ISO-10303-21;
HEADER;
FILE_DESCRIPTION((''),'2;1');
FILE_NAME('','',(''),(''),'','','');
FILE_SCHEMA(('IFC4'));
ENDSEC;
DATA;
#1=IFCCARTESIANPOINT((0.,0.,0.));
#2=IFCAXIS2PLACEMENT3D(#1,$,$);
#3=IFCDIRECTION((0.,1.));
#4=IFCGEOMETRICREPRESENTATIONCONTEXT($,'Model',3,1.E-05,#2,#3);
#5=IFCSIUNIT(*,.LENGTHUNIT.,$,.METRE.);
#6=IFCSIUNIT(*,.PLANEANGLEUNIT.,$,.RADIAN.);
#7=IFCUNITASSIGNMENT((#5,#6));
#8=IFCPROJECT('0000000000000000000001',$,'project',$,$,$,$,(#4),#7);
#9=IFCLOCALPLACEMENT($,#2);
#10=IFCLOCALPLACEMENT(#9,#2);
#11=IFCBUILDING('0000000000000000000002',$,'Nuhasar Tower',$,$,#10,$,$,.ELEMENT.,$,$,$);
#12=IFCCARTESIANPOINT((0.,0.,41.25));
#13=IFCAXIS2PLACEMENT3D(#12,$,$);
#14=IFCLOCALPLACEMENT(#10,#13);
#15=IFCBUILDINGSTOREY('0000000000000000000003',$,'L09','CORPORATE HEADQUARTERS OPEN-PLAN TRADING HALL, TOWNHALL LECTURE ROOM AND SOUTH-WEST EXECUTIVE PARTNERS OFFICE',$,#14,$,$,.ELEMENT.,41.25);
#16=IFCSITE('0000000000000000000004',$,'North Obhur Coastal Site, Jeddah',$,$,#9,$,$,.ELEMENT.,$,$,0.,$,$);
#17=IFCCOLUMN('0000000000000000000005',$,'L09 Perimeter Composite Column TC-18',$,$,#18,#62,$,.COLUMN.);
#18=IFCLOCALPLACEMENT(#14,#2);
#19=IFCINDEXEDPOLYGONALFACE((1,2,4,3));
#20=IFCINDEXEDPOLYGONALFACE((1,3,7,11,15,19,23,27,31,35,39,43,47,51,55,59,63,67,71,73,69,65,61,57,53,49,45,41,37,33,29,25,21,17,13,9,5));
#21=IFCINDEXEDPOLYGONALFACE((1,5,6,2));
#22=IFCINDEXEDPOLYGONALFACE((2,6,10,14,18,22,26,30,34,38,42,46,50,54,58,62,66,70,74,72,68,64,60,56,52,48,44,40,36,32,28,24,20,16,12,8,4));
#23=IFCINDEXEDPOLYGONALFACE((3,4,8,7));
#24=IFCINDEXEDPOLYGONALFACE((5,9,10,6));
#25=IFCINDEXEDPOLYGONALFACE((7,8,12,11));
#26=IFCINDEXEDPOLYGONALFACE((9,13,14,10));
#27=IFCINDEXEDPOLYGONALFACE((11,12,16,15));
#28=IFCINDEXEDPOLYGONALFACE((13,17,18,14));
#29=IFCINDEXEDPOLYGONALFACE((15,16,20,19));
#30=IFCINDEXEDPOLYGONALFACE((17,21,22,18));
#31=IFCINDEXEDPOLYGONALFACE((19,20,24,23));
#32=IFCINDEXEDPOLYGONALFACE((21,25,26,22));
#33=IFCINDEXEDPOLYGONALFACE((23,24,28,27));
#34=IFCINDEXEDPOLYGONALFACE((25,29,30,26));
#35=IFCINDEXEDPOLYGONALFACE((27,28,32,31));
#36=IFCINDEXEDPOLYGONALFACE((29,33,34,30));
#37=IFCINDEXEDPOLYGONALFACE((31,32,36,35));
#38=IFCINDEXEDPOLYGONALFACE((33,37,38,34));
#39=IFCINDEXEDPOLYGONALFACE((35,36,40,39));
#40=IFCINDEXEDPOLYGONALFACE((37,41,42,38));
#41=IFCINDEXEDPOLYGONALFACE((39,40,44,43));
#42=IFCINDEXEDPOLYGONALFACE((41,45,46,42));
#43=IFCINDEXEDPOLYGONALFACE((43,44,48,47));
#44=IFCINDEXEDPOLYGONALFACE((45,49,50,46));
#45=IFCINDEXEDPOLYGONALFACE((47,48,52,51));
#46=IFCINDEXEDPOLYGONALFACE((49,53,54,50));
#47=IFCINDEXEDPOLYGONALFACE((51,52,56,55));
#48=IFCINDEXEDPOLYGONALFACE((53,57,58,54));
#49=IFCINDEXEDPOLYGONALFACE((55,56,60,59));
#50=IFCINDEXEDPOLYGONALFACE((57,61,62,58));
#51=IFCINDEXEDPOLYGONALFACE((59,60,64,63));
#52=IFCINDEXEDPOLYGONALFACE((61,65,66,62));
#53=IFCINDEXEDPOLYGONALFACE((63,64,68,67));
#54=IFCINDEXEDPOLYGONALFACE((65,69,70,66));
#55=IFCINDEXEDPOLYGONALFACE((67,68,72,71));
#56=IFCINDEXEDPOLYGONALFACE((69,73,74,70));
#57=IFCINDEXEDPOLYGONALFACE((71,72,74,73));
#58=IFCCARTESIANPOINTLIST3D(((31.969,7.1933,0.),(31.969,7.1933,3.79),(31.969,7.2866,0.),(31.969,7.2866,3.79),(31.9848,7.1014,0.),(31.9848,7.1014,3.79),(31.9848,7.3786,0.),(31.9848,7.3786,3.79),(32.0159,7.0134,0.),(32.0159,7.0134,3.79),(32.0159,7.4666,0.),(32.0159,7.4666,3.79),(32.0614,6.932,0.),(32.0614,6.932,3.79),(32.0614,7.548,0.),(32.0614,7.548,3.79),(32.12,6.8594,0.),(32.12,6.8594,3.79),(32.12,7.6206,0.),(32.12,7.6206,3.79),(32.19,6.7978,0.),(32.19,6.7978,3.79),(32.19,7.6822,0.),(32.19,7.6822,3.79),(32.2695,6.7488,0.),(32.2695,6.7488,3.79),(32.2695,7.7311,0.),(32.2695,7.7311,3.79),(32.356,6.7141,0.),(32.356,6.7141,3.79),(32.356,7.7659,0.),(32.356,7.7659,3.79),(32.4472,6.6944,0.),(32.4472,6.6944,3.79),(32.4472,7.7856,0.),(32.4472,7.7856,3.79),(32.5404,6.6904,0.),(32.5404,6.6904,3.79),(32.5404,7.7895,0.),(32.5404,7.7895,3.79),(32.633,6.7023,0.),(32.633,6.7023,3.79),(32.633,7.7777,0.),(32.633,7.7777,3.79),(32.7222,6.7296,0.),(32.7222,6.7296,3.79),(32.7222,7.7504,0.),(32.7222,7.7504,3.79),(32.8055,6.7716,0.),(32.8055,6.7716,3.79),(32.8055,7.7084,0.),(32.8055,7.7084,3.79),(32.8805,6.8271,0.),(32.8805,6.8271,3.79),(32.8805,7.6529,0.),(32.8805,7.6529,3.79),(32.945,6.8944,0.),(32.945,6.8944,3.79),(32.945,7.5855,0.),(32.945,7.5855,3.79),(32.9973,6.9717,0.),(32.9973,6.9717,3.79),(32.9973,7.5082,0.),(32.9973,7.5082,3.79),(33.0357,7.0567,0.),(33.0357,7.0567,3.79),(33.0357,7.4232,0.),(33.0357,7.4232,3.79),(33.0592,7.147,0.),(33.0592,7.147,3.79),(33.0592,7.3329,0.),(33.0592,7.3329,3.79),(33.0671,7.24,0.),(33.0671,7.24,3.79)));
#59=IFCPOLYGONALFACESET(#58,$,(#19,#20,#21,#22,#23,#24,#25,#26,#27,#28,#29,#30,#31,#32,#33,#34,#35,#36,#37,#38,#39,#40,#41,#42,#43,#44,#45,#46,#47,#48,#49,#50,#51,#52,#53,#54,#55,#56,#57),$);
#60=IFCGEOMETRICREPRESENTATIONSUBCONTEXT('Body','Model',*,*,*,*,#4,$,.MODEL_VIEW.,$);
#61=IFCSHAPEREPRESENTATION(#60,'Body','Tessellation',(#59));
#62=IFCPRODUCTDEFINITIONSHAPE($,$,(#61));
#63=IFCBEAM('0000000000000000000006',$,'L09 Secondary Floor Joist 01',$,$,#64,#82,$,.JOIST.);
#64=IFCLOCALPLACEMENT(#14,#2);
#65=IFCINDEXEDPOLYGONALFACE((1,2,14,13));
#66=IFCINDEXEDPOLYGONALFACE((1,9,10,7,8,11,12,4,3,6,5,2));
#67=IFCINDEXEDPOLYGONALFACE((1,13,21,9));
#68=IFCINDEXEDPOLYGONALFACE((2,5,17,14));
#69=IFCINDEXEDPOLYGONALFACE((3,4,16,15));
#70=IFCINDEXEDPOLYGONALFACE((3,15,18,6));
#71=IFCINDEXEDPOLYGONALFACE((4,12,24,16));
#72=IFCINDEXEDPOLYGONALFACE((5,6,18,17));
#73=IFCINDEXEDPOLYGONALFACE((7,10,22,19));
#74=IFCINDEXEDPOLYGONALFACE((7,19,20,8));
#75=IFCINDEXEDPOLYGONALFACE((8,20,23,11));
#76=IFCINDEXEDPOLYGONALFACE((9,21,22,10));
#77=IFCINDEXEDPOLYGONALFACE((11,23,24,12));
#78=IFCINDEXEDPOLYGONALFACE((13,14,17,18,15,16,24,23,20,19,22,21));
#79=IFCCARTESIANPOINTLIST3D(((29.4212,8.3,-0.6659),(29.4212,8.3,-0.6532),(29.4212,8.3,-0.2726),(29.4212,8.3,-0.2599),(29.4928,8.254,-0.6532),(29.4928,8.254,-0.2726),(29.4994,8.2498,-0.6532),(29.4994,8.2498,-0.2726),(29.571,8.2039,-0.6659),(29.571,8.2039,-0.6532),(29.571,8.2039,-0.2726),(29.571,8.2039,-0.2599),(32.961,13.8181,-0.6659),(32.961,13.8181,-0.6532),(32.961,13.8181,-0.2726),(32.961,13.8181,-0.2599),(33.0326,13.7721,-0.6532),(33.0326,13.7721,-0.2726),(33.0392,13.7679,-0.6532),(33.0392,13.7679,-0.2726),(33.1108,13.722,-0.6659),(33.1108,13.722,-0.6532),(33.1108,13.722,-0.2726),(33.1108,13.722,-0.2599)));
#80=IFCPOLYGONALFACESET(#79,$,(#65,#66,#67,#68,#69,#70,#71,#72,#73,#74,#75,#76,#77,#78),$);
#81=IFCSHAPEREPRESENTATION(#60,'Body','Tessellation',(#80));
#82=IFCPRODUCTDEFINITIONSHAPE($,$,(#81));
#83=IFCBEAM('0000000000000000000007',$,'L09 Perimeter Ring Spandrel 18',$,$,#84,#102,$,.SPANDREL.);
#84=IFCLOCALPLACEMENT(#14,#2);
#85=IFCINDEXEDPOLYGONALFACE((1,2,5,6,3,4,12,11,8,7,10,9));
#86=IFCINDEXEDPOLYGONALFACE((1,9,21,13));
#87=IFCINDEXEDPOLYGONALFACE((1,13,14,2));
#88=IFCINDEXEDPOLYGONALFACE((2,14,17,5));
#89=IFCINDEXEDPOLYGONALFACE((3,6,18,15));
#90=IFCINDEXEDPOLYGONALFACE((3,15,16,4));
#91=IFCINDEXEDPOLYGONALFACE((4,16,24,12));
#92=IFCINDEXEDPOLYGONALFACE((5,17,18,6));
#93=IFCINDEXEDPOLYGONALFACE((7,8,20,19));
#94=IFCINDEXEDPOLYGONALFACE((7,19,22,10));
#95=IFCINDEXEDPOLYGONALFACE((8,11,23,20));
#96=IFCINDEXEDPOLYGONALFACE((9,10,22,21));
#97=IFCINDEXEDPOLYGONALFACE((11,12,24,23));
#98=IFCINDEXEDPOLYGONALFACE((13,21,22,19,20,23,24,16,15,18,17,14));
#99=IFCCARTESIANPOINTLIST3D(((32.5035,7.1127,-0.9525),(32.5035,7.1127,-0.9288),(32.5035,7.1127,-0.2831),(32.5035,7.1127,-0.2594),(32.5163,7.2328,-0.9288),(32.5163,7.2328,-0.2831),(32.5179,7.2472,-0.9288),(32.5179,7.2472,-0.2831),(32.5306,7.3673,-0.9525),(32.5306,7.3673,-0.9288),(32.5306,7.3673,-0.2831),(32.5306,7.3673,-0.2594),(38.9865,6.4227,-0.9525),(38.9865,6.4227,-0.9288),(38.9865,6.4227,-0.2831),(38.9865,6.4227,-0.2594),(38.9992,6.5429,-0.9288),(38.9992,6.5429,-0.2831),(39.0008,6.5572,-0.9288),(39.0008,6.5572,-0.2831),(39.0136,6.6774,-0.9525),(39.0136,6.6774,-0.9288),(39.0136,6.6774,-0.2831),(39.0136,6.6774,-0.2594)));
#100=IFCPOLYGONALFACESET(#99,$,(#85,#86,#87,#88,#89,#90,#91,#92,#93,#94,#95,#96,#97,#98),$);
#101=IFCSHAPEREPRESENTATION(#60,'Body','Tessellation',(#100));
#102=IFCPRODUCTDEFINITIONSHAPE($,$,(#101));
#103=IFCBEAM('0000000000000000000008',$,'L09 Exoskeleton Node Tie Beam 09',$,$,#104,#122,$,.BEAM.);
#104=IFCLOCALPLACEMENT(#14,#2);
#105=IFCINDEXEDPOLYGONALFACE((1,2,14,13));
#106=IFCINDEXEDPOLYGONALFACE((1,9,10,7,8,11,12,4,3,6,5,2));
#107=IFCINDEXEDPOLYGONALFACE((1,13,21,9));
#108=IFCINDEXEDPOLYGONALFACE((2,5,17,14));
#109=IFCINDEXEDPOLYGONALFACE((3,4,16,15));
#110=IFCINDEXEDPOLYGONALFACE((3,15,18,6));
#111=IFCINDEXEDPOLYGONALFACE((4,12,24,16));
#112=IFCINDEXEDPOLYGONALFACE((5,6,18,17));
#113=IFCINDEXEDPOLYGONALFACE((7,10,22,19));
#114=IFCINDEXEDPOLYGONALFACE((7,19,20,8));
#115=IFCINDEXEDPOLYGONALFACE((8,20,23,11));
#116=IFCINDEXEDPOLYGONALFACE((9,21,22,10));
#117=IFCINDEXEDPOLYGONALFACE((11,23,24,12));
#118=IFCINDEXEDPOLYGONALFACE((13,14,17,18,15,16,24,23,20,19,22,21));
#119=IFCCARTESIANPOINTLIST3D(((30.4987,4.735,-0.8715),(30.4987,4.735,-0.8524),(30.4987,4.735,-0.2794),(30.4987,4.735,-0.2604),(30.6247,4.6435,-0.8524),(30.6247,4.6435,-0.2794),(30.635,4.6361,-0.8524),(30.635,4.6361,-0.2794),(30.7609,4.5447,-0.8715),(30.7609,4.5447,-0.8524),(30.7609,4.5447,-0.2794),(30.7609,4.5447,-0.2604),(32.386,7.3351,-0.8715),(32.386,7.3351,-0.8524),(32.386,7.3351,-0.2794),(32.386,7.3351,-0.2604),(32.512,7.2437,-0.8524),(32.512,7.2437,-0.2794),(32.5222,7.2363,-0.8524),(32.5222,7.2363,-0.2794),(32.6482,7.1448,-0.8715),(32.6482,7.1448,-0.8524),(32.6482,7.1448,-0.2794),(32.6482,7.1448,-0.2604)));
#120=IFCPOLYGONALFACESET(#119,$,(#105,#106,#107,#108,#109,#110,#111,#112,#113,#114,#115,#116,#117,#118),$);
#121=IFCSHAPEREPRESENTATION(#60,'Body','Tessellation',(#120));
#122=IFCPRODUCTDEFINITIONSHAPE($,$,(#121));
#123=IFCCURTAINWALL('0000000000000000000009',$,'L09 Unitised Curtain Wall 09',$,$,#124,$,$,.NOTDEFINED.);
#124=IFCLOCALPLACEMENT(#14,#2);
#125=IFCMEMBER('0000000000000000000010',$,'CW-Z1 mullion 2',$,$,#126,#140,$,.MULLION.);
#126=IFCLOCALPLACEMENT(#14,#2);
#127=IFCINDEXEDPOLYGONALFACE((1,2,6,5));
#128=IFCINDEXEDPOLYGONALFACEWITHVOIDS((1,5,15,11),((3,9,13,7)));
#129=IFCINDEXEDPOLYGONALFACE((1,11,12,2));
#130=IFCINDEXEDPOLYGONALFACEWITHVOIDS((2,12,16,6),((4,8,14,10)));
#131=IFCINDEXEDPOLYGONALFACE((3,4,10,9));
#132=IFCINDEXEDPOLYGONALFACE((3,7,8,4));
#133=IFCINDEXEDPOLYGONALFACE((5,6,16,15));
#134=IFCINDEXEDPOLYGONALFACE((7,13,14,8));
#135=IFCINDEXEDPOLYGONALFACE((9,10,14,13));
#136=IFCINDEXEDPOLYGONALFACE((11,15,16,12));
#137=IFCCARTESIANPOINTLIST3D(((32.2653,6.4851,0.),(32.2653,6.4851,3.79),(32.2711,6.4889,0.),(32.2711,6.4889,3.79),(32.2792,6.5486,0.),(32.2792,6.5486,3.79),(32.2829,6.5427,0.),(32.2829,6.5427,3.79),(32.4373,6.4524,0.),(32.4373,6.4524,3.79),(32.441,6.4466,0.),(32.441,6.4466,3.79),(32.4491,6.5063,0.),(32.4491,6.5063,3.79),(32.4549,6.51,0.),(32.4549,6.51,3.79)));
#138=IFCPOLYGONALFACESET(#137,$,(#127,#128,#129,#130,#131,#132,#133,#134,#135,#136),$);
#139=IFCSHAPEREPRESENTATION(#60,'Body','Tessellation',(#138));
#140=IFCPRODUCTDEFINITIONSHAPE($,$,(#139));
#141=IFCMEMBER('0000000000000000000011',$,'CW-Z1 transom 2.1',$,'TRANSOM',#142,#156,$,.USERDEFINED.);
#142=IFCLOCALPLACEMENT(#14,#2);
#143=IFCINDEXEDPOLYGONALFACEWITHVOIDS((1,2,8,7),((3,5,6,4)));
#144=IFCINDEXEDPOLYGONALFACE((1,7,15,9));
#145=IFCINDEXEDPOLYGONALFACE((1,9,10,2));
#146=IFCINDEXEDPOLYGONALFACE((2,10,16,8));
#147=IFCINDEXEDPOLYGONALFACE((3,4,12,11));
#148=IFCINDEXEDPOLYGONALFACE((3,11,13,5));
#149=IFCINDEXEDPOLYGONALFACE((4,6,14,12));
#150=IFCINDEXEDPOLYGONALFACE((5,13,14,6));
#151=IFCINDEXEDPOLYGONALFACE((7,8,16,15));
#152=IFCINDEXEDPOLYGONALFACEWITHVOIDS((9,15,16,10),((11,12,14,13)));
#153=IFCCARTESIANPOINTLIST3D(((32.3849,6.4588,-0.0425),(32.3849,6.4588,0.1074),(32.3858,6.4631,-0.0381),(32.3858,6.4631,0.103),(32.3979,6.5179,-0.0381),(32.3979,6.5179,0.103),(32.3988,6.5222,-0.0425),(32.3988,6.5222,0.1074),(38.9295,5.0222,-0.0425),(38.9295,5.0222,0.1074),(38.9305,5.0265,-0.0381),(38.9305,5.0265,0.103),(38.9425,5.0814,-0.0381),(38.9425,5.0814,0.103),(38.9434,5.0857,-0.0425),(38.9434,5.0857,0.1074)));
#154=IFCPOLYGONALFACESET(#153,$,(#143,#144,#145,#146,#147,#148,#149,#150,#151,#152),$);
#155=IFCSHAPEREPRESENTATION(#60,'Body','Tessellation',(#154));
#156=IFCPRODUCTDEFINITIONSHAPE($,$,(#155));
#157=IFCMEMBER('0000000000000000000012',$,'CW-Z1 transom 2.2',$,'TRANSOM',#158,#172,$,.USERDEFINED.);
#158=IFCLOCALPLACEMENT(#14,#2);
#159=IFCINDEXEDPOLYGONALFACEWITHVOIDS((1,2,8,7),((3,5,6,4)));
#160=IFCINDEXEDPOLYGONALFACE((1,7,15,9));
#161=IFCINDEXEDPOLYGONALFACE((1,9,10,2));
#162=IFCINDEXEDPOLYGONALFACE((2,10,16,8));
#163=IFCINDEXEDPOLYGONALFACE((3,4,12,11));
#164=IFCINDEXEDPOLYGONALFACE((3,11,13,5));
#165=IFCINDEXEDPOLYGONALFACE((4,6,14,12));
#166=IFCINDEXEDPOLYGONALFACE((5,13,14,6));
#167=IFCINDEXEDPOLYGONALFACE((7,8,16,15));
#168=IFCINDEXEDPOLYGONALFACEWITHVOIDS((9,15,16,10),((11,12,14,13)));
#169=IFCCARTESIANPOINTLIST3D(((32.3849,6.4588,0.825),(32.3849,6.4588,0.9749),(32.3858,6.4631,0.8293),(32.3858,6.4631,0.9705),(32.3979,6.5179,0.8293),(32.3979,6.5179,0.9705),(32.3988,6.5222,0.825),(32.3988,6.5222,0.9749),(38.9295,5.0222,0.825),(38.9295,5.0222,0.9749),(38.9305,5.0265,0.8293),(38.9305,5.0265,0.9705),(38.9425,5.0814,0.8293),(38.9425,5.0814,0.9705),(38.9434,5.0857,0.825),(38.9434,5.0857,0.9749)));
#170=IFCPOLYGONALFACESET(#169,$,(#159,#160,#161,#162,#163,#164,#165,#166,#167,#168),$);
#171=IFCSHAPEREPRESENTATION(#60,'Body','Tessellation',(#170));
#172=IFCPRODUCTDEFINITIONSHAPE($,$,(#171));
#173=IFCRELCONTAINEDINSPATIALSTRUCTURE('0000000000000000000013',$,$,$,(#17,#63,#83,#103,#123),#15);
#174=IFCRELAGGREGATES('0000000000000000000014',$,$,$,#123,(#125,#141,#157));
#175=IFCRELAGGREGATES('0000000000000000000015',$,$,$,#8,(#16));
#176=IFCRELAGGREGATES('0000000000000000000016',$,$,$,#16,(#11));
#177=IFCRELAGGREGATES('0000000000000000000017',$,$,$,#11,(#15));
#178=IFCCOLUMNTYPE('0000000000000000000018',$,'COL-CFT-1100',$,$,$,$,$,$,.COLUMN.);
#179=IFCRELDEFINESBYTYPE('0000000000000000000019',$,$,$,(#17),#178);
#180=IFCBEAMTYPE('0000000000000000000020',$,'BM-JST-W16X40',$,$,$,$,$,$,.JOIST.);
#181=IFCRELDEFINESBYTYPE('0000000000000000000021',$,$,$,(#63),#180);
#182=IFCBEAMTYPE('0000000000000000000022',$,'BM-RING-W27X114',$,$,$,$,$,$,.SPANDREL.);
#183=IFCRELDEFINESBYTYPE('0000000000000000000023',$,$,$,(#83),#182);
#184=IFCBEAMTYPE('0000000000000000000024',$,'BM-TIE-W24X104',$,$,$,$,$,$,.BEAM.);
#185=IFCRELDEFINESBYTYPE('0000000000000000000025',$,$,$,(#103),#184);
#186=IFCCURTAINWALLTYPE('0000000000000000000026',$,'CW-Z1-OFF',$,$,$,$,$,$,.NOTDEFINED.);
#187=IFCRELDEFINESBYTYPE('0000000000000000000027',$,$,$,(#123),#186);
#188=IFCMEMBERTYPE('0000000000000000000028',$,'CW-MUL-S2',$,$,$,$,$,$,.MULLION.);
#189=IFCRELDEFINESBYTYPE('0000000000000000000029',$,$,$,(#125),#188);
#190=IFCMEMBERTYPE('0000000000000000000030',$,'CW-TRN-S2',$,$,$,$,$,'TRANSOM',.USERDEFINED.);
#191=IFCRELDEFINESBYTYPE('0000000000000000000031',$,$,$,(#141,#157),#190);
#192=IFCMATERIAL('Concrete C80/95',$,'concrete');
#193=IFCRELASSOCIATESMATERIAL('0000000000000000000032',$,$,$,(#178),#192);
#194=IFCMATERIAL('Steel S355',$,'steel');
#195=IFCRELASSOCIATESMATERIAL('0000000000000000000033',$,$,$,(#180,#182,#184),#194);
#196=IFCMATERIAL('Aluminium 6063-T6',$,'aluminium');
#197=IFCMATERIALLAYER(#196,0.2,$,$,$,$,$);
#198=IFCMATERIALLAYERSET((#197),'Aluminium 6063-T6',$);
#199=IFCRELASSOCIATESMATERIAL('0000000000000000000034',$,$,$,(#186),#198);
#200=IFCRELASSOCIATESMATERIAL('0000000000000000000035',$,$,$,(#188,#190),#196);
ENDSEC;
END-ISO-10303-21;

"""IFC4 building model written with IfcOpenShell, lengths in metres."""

from ifc_helpers import new_model, si_unit, direction, frame, origin, origin_2d, place, context, subcontext, project, spatial, hollow_rectangle, circle, i_section, extrude, material, layer, layer_set, material_profile, profile_set, type_object, element, aggregate, save


model = new_model("IFC4")

# Units and contexts
model_context = context("Model", 3, precision=1e-05, world=origin(), true_north=direction((0.0, 1.0)))
body_context = subcontext(model_context, "Body", "Model", "MODEL_VIEW")
ifc_project = project(units=[si_unit("LENGTHUNIT", "METRE"), si_unit("PLANEANGLEUNIT", "RADIAN")], contexts=[model_context])

# Site, building, storey
site_placement = place(None, origin())
site = spatial("IfcSite", under=ifc_project, at=site_placement, Name="North Obhur Coastal Site, Jeddah", CompositionType="ELEMENT", RefElevation=0.0)
building_placement = place(site_placement, origin())
building = spatial("IfcBuilding", under=site, at=building_placement, Name="Nuhasar Tower", CompositionType="ELEMENT")
storey_placement = place(building_placement, frame((0.0, 0.0, 41.25)))
storey = spatial("IfcBuildingStorey", under=building, at=storey_placement, Name="L09", Description="CORPORATE HEADQUARTERS OPEN-PLAN TRADING HALL, TOWNHALL LECTURE ROOM AND SOUTH-WEST EXECUTIVE PARTNERS OFFICE", CompositionType="ELEMENT", Elevation=41.25)

# Column
ifc_material_1 = material(Name="Concrete C80/95", Category="concrete")
ifc_material_profile_1 = material_profile(ifc_material_1, circle(Radius=0.55, at=origin_2d()), Name="CFT1100")
ifc_profile_set_1 = profile_set([ifc_material_profile_1], Name="Concrete C80/95")
column_type = type_object("IfcColumnType", Name="COL-CFT-1100", PredefinedType="COLUMN", material=ifc_profile_set_1)
column_placement = place(storey_placement, frame((32.5171, 7.24, 0.0), z_axis=(0.0, 0.0, 1.0), x_axis=(1.0, 0.0, 0.0)))
element("IfcColumn", 1, at=column_placement, inside=storey, type_object=column_type, Name="L09 Perimeter Composite Column TC-18", PredefinedType="COLUMN", context=body_context, shape_type="SweptSolid", body=[
    extrude(circle(Radius=0.55, at=origin_2d()), origin(), (0.0, 0.0, 1.0), 3.79),
])

# Beams
ifc_material_2 = material(Name="Steel S355", Category="steel")
ifc_material_profile_2 = material_profile(ifc_material_2, i_section(OverallWidth=0.178, OverallDepth=0.406, WebThickness=0.0078, FlangeThickness=0.0127, at=origin_2d()), Name="W16X40")
ifc_profile_set_2 = profile_set([ifc_material_profile_2], Name="Steel S355")
beam_type_1 = type_object("IfcBeamType", Name="BM-JST-W16X40", PredefinedType="JOIST", material=ifc_profile_set_2)
beam_1_placement = place(storey_placement, frame((33.0359, 13.77, -0.4629), z_axis=(-0.539944, -0.841701, 0.0), x_axis=(0.841701, -0.539944, 0.0)))
element("IfcBeam", 2, at=beam_1_placement, inside=storey, type_object=beam_type_1, Name="L09 Secondary Floor Joist 01", PredefinedType="JOIST", context=body_context, shape_type="SweptSolid", body=[
    extrude(i_section(OverallWidth=0.178, OverallDepth=0.406, WebThickness=0.0078, FlangeThickness=0.0127, at=origin_2d()), origin(), (0.0, 0.0, 1.0), 6.5559),
])
ifc_material_profile_3 = material_profile(ifc_material_2, i_section(OverallWidth=0.2561, OverallDepth=0.6931, WebThickness=0.0144, FlangeThickness=0.0237, at=origin_2d()), Name="W27X114")
ifc_profile_set_3 = profile_set([ifc_material_profile_3], Name="Steel S355")
beam_type_2 = type_object("IfcBeamType", Name="BM-RING-W27X114", PredefinedType="SPANDREL", material=ifc_profile_set_3)
beam_2_placement = place(storey_placement, frame((32.5171, 7.24, -0.606), z_axis=(0.994385, -0.105827, 0.0), x_axis=(0.105827, 0.994385, 0.0)))
element("IfcBeam", 3, at=beam_2_placement, inside=storey, type_object=beam_type_2, Name="L09 Perimeter Ring Spandrel 18", PredefinedType="SPANDREL", context=body_context, shape_type="SweptSolid", body=[
    extrude(i_section(OverallWidth=0.2561, OverallDepth=0.6931, WebThickness=0.0144, FlangeThickness=0.0237, at=origin_2d()), origin(), (0.0, 0.0, 1.0), 6.5195),
])
ifc_material_profile_4 = material_profile(ifc_material_2, i_section(OverallWidth=0.324, OverallDepth=0.6111, WebThickness=0.0127, FlangeThickness=0.019, at=origin_2d()), Name="W24X104")
ifc_profile_set_4 = profile_set([ifc_material_profile_4], Name="Steel S355")
beam_type_3 = type_object("IfcBeamType", Name="BM-TIE-W24X104", PredefinedType="BEAM", material=ifc_profile_set_4)
beam_3_placement = place(storey_placement, frame((32.5171, 7.24, -0.5659), z_axis=(-0.587403, -0.809294, 0.0), x_axis=(0.809294, -0.587403, 0.0)))
element("IfcBeam", 4, at=beam_3_placement, inside=storey, type_object=beam_type_3, Name="L09 Exoskeleton Node Tie Beam 09", PredefinedType="BEAM", context=body_context, shape_type="SweptSolid", body=[
    extrude(i_section(OverallWidth=0.324, OverallDepth=0.6111, WebThickness=0.0127, FlangeThickness=0.019, at=origin_2d()), origin(), (0.0, 0.0, 1.0), 3.2129),
])

# Curtain wall, members
ifc_material_3 = material(Name="Aluminium 6063-T6", Category="aluminium")
ifc_layer_1 = layer(ifc_material_3, 0.2)
ifc_layer_set_1 = layer_set([ifc_layer_1], Name="Aluminium 6063-T6")
curtain_wall_type = type_object("IfcCurtainWallType", Name="CW-Z1-OFF", PredefinedType="NOTDEFINED", material=ifc_layer_set_1)
curtain_wall_placement = place(storey_placement, origin())
curtain_wall = element("IfcCurtainWall", 5, at=curtain_wall_placement, inside=storey, type_object=curtain_wall_type, Name="L09 Unitised Curtain Wall 09", PredefinedType="NOTDEFINED")
ifc_material_profile_5 = material_profile(ifc_material_3, hollow_rectangle(XDim=0.0649, YDim=0.1799, WallThickness=0.0049, at=origin_2d()), Name="CWM-2")
ifc_profile_set_5 = profile_set([ifc_material_profile_5], Name="Aluminium 6063-T6")
member_type_1 = type_object("IfcMemberType", Name="CW-MUL-S2", PredefinedType="MULLION", material=ifc_profile_set_5)
member_1_placement = place(storey_placement, frame((32.3601, 6.4976, 0.0), z_axis=(0.0, 0.0, 1.0), x_axis=(0.214399, 0.976746, 0.0)))
member_1 = element("IfcMember", 6, at=member_1_placement, type_object=member_type_1, Name="CW-Z1 mullion 2", PredefinedType="MULLION", context=body_context, shape_type="SweptSolid", body=[
    extrude(hollow_rectangle(XDim=0.0649, YDim=0.1799, WallThickness=0.0049, at=origin_2d()), origin(), (0.0, 0.0, 1.0), 3.79),
])
ifc_material_profile_6 = material_profile(ifc_material_3, hollow_rectangle(XDim=0.0649, YDim=0.1499, WallThickness=0.0044, at=origin_2d()), Name="CWT-2")
ifc_profile_set_6 = profile_set([ifc_material_profile_6], Name="Aluminium 6063-T6")
member_type_2 = type_object("IfcMemberType", Name="CW-TRN-S2", ElementType="TRANSOM", PredefinedType="USERDEFINED", material=ifc_profile_set_6)
member_2_placement = place(storey_placement, frame((32.3918, 6.4905, 0.0325), z_axis=(0.976748, -0.214391, 0.0), x_axis=(0.214391, 0.976748, 0.0)))
member_2 = element("IfcMember", 7, at=member_2_placement, type_object=member_type_2, Name="CW-Z1 transom 2.1", ObjectType="TRANSOM", PredefinedType="USERDEFINED", context=body_context, shape_type="SweptSolid", body=[
    extrude(hollow_rectangle(XDim=0.0649, YDim=0.1499, WallThickness=0.0044, at=origin_2d()), origin(), (0.0, 0.0, 1.0), 6.7004),
])
member_3_placement = place(storey_placement, frame((32.3918, 6.4905, 0.8999), z_axis=(0.976748, -0.214391, 0.0), x_axis=(0.214391, 0.976748, 0.0)))
member_3 = element("IfcMember", 8, at=member_3_placement, type_object=member_type_2, Name="CW-Z1 transom 2.2", ObjectType="TRANSOM", PredefinedType="USERDEFINED", context=body_context, shape_type="SweptSolid", body=[
    extrude(hollow_rectangle(XDim=0.0649, YDim=0.1499, WallThickness=0.0044, at=origin_2d()), origin(), (0.0, 0.0, 1.0), 6.7004),
])

aggregate(curtain_wall, [member_1, member_2, member_3])

save(model, "model.ifc")
